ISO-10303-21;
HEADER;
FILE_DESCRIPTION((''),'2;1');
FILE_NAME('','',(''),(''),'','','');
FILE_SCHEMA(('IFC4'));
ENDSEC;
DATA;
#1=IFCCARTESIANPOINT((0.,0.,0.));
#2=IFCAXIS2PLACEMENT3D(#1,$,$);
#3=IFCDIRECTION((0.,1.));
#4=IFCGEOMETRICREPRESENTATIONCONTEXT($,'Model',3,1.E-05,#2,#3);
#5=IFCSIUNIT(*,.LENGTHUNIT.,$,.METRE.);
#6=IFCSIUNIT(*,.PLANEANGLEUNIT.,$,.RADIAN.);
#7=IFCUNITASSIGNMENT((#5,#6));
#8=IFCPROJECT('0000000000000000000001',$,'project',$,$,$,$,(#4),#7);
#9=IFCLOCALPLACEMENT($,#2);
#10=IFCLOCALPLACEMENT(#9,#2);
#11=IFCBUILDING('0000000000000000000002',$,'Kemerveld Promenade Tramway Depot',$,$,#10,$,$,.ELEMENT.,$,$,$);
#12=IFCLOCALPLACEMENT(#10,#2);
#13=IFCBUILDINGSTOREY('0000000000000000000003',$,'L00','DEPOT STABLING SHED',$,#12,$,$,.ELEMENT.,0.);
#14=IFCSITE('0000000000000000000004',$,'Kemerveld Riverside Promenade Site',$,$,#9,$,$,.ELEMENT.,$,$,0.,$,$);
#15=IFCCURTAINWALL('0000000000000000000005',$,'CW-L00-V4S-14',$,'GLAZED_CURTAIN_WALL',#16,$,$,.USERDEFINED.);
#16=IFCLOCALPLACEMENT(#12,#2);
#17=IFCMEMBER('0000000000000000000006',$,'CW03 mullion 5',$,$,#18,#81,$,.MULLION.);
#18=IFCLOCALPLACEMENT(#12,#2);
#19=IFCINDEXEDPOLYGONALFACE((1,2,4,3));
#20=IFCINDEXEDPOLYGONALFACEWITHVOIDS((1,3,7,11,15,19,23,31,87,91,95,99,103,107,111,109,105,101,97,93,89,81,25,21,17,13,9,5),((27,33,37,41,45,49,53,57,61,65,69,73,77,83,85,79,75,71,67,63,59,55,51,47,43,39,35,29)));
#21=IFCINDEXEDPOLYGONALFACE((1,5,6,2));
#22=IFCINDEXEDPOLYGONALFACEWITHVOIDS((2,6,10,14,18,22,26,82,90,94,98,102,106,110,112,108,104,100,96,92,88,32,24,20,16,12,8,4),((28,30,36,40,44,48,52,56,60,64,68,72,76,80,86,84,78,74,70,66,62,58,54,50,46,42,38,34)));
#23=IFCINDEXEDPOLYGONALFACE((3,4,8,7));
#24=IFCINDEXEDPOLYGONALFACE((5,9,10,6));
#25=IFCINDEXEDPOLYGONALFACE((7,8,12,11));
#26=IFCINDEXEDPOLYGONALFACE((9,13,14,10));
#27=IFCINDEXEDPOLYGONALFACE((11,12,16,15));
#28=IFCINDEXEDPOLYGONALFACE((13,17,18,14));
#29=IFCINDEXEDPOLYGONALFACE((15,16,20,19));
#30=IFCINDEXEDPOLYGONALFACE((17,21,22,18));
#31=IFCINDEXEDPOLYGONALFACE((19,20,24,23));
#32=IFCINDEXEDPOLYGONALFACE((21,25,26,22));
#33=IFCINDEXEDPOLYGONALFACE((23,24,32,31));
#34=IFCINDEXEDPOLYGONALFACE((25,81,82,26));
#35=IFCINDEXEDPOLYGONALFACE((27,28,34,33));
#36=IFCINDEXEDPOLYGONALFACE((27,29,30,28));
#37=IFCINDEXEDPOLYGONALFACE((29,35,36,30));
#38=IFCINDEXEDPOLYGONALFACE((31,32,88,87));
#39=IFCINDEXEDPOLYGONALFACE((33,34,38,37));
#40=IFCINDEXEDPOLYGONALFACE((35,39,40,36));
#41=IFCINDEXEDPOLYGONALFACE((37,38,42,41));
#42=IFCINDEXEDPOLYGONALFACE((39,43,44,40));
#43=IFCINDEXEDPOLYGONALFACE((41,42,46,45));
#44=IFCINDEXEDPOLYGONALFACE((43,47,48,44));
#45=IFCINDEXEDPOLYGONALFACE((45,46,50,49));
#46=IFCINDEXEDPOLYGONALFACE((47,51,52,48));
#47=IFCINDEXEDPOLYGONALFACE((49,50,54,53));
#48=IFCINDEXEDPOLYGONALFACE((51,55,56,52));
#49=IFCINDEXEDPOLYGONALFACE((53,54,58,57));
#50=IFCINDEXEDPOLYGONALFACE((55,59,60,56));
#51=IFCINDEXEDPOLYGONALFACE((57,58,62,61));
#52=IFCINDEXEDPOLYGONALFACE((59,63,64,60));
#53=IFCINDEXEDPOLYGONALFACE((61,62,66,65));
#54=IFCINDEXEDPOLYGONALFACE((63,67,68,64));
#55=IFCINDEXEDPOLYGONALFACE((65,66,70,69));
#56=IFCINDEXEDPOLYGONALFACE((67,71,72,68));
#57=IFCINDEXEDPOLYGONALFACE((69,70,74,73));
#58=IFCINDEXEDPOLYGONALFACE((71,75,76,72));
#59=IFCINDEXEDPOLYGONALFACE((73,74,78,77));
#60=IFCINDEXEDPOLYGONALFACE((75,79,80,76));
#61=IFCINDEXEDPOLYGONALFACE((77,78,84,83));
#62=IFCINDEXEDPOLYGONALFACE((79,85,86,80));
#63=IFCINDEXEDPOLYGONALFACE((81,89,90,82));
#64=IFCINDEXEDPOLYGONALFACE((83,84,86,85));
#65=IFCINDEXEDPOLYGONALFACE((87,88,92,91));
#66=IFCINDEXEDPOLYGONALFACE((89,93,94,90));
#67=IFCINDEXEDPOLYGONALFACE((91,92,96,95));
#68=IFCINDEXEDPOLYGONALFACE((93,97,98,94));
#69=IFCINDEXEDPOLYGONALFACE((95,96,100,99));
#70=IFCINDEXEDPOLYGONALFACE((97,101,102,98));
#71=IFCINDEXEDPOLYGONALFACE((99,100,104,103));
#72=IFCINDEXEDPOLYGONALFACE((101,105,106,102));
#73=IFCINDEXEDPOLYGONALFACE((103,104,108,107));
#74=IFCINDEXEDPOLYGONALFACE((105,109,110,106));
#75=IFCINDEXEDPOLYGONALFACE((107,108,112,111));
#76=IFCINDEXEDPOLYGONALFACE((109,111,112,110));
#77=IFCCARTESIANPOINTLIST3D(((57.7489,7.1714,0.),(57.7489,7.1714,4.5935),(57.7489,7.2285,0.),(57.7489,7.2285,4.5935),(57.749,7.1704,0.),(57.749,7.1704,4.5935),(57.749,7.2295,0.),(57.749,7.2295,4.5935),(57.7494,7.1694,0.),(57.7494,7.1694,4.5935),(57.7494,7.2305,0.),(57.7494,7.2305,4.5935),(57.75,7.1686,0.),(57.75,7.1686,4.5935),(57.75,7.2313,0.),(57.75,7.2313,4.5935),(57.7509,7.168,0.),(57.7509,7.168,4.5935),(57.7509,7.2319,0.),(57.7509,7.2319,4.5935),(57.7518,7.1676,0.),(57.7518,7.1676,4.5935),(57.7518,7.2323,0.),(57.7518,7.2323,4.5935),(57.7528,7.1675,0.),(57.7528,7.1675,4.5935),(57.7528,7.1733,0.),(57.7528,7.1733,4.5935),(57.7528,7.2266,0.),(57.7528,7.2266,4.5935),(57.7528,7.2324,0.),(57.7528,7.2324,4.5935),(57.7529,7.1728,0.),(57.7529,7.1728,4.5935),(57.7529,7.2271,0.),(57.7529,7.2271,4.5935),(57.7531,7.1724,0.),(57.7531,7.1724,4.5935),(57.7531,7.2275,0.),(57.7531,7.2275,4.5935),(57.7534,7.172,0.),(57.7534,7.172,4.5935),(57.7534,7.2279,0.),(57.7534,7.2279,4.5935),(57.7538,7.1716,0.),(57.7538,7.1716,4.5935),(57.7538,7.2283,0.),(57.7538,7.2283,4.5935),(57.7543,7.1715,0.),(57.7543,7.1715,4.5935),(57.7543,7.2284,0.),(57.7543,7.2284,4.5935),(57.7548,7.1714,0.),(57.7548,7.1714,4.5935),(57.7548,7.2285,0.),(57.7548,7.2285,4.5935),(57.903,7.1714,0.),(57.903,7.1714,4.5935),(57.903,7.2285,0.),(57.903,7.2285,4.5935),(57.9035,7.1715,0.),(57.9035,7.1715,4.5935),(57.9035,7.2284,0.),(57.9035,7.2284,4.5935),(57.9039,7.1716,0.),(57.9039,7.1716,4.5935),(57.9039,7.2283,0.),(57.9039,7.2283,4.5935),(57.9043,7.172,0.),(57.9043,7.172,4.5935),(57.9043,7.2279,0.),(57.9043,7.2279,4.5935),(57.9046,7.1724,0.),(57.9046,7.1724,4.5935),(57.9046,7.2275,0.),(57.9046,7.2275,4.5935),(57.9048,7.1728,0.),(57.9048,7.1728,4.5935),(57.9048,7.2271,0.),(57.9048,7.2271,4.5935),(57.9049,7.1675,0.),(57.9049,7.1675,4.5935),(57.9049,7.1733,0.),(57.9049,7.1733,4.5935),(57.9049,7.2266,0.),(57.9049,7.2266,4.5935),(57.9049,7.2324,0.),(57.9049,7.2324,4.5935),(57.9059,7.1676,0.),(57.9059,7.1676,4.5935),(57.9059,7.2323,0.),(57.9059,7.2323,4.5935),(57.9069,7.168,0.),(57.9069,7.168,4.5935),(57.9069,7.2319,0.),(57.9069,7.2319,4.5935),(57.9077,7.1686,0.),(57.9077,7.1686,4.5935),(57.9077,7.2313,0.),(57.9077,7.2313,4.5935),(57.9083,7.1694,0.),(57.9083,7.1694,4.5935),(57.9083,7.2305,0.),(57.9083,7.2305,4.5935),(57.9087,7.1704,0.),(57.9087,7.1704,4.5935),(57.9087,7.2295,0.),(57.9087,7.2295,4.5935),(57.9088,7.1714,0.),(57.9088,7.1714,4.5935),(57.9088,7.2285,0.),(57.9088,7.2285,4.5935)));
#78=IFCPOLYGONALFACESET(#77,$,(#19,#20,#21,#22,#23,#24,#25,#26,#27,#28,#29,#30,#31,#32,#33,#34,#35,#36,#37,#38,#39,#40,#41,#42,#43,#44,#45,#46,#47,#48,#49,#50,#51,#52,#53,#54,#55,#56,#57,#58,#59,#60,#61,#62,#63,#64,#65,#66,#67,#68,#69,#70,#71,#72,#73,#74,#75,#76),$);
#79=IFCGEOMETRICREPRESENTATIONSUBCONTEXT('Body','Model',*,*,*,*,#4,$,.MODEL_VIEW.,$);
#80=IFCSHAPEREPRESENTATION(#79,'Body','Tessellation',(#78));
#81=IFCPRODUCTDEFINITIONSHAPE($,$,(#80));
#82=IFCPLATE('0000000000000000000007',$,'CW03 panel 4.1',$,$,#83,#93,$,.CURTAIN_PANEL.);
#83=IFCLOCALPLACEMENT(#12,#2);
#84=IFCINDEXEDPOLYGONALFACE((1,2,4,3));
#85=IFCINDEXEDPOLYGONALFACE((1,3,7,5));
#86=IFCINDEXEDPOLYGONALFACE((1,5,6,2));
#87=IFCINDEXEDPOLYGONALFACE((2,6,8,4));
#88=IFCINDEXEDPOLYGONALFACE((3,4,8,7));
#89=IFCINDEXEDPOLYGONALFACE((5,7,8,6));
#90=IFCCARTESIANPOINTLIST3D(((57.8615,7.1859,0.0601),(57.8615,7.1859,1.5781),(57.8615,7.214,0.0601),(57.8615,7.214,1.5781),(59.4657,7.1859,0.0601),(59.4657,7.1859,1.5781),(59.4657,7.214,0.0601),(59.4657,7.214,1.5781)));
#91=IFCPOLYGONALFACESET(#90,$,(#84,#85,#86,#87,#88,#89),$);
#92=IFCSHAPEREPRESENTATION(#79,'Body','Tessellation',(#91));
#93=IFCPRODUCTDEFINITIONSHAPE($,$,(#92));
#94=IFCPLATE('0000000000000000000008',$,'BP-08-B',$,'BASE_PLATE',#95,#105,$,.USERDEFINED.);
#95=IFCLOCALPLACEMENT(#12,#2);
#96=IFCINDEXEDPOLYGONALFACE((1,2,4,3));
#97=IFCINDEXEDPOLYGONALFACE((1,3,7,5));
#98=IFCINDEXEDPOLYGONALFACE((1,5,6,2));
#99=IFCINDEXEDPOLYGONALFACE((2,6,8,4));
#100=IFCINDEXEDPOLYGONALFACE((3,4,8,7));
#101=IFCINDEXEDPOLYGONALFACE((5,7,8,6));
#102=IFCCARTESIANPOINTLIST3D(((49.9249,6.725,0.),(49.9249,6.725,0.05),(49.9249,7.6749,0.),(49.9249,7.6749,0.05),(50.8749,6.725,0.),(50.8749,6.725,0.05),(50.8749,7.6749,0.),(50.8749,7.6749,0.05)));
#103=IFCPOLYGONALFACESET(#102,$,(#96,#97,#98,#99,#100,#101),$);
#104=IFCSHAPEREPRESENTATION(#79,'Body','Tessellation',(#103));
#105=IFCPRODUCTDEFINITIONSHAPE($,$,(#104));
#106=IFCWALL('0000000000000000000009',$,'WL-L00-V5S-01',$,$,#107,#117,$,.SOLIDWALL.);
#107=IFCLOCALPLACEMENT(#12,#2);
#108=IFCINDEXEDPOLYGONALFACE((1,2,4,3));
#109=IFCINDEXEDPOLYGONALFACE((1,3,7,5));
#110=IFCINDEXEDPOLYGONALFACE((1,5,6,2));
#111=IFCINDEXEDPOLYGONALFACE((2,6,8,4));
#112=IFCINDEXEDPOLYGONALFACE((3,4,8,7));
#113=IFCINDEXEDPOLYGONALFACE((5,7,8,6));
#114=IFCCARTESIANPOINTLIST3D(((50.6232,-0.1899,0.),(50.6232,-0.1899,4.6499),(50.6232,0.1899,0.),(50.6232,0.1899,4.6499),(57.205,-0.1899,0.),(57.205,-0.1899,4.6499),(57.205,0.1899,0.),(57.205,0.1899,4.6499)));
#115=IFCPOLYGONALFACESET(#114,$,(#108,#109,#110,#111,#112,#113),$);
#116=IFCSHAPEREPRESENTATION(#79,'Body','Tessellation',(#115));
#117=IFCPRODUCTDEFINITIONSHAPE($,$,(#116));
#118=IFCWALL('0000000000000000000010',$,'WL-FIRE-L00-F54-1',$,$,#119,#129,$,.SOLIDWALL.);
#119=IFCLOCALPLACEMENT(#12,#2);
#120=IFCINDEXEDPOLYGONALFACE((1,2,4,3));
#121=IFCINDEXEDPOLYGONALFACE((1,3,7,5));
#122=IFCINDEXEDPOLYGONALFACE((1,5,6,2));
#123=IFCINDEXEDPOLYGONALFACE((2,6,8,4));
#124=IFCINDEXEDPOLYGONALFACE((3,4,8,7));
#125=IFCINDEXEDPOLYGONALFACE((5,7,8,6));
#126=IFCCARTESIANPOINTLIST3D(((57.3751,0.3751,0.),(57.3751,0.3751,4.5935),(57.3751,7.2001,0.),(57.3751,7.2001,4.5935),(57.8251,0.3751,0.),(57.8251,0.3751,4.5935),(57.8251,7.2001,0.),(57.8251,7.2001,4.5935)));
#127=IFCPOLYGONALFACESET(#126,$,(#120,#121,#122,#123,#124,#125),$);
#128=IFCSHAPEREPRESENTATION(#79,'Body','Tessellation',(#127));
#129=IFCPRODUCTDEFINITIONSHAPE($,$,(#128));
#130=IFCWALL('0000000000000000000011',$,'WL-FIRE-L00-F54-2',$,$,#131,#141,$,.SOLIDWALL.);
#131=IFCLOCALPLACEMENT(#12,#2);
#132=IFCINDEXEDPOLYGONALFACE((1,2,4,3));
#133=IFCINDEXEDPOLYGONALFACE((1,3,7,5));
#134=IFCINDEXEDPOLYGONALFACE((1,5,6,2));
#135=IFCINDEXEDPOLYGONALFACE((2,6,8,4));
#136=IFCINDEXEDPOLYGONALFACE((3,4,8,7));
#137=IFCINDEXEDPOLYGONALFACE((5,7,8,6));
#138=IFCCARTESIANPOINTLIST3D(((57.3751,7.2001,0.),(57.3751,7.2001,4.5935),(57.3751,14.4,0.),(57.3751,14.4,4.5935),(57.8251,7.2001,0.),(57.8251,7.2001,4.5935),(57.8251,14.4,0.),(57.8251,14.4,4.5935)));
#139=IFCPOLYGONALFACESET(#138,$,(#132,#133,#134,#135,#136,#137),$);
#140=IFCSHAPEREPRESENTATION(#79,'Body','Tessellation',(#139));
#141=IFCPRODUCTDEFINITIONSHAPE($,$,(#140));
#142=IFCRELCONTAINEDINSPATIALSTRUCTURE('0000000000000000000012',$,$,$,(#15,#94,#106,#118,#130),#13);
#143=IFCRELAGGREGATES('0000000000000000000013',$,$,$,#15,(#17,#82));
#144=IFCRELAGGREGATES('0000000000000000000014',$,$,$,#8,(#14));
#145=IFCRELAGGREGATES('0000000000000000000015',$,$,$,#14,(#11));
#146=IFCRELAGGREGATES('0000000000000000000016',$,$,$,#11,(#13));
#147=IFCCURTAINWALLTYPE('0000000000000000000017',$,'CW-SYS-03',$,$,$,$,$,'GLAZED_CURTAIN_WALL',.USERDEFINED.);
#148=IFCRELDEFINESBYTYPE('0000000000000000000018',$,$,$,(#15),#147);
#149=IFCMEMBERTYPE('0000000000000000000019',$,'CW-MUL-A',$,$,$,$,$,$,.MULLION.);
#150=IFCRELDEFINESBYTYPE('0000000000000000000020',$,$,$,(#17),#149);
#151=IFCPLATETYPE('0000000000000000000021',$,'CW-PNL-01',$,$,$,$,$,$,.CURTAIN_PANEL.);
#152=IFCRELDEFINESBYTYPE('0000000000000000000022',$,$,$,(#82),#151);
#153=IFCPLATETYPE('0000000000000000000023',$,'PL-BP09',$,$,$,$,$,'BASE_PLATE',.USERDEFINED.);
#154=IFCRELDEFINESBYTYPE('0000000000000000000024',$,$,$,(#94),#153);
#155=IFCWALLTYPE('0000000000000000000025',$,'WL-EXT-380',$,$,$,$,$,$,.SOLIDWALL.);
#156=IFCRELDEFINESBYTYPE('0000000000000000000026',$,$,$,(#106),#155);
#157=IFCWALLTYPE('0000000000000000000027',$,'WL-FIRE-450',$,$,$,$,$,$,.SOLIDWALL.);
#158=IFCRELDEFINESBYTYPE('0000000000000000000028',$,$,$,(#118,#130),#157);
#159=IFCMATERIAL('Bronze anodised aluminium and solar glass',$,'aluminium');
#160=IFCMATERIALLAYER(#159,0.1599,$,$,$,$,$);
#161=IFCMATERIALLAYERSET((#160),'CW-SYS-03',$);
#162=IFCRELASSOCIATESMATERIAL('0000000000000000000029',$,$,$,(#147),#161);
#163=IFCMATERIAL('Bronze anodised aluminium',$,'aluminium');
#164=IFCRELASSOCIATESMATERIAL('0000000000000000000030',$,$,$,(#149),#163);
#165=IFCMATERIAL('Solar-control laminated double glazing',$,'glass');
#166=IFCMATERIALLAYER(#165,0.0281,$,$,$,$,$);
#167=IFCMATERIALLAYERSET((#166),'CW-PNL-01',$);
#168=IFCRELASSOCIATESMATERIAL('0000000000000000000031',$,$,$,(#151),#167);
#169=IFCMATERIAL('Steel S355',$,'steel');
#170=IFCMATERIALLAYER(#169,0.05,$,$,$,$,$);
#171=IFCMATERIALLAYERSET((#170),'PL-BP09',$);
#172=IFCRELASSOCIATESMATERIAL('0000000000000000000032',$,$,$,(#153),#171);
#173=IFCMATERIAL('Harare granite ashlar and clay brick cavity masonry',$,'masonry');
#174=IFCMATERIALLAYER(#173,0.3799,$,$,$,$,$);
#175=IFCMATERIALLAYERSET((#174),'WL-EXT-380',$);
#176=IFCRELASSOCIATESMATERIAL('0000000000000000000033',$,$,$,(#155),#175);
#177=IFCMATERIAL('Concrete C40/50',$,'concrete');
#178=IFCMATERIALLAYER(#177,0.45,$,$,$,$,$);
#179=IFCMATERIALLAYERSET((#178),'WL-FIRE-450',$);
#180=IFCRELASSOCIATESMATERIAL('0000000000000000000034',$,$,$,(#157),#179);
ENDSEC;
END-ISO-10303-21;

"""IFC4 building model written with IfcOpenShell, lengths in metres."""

from ifc_helpers import new_model, si_unit, direction, frame, frame_2d, origin, origin_2d, place, context, subcontext, project, spatial, rectangle, hollow_rectangle, extrude, material, layer, layer_set, material_profile, profile_set, type_object, element, aggregate, save


model = new_model("IFC4")

# Units and contexts
model_context = context("Model", 3, precision=1e-05, world=origin(), true_north=direction((0.0, 1.0)))
body_context = subcontext(model_context, "Body", "Model", "MODEL_VIEW")
ifc_project = project(units=[si_unit("LENGTHUNIT", "METRE"), si_unit("PLANEANGLEUNIT", "RADIAN")], contexts=[model_context])

# Site, building, storey
site_placement = place(None, origin())
site = spatial("IfcSite", under=ifc_project, at=site_placement, Name="Kemerveld Riverside Promenade Site", CompositionType="ELEMENT", RefElevation=0.0)
building_placement = place(site_placement, origin())
building = spatial("IfcBuilding", under=site, at=building_placement, Name="Kemerveld Promenade Tramway Depot", CompositionType="ELEMENT")
storey_placement = place(building_placement, origin())
storey = spatial("IfcBuildingStorey", under=building, at=storey_placement, Name="L00", Description="DEPOT STABLING SHED", CompositionType="ELEMENT", Elevation=0.0)

# Shared definitions
ifc_material_1 = material(Name="Concrete C40/50", Category="concrete")
ifc_material_2 = material(Name="Steel S355", Category="steel")

# Curtain wall, member, plate
ifc_material_3 = material(Name="Bronze anodised aluminium and solar glass", Category="aluminium")
ifc_layer_1 = layer(ifc_material_3, 0.1599)
ifc_layer_set_1 = layer_set([ifc_layer_1], Name="CW-SYS-03")
curtain_wall_type = type_object("IfcCurtainWallType", Name="CW-SYS-03", ElementType="GLAZED_CURTAIN_WALL", PredefinedType="USERDEFINED", material=ifc_layer_set_1)
curtain_wall_placement = place(storey_placement, origin())
curtain_wall = element("IfcCurtainWall", 1, at=curtain_wall_placement, inside=storey, type_object=curtain_wall_type, Name="CW-L00-V4S-14", ObjectType="GLAZED_CURTAIN_WALL", PredefinedType="USERDEFINED")
ifc_material_4 = material(Name="Bronze anodised aluminium", Category="aluminium")
ifc_material_profile_1 = material_profile(ifc_material_4, hollow_rectangle(XDim=0.0649, YDim=0.1599, WallThickness=0.0039, InnerFilletRadius=0.002, OuterFilletRadius=0.0039, at=origin_2d()), Name="CW-MUL-160x65")
ifc_profile_set_1 = profile_set([ifc_material_profile_1], Name="Bronze anodised aluminium")
member_type = type_object("IfcMemberType", Name="CW-MUL-A", PredefinedType="MULLION", material=ifc_profile_set_1)
member_placement = place(storey_placement, frame((57.8289, 7.2, 0.0), z_axis=(0.0, 0.0, 1.0), x_axis=(0.0, -1.0, 0.0)))
member = element("IfcMember", 2, at=member_placement, type_object=member_type, Name="CW03 mullion 5", PredefinedType="MULLION", context=body_context, shape_type="SweptSolid", body=[
    extrude(hollow_rectangle(XDim=0.0649, YDim=0.1599, WallThickness=0.0039, InnerFilletRadius=0.002, OuterFilletRadius=0.0039, at=origin_2d()), origin(), (0.0, 0.0, 1.0), 4.5935),
])
ifc_material_5 = material(Name="Solar-control laminated double glazing", Category="glass")
ifc_layer_2 = layer(ifc_material_5, 0.0281)
ifc_layer_set_2 = layer_set([ifc_layer_2], Name="CW-PNL-01")
plate_type_1 = type_object("IfcPlateType", Name="CW-PNL-01", PredefinedType="CURTAIN_PANEL", material=ifc_layer_set_2)
plate_1_placement = place(storey_placement, frame((58.6636, 7.2, 0.0601), z_axis=(0.0, 0.0, 1.0), x_axis=(-1.0, 0.0, 0.0)))
plate_1 = element("IfcPlate", 3, at=plate_1_placement, type_object=plate_type_1, Name="CW03 panel 4.1", PredefinedType="CURTAIN_PANEL", context=body_context, shape_type="SweptSolid", body=[
    extrude(rectangle(XDim=1.6042, YDim=0.0281, at=origin_2d()), origin(), (0.0, 0.0, 1.0), 1.5181),
])
aggregate(curtain_wall, [member, plate_1])

# Plate
ifc_layer_3 = layer(ifc_material_2, 0.05)
ifc_layer_set_3 = layer_set([ifc_layer_3], Name="PL-BP09")
plate_type_2 = type_object("IfcPlateType", Name="PL-BP09", ElementType="BASE_PLATE", PredefinedType="USERDEFINED", material=ifc_layer_set_3)
plate_2_placement = place(storey_placement, frame((50.3999, 7.2, 0.0), z_axis=(0.0, 0.0, 1.0), x_axis=(1.0, 0.0, 0.0)))
element("IfcPlate", 4, at=plate_2_placement, inside=storey, type_object=plate_type_2, Name="BP-08-B", ObjectType="BASE_PLATE", PredefinedType="USERDEFINED", context=body_context, shape_type="SweptSolid", body=[
    extrude(rectangle(XDim=0.95, YDim=0.95, at=origin_2d()), origin(), (0.0, 0.0, 1.0), 0.05),
])

# Walls
ifc_material_6 = material(Name="Harare granite ashlar and clay brick cavity masonry", Category="masonry")
ifc_layer_4 = layer(ifc_material_6, 0.3799)
ifc_layer_set_4 = layer_set([ifc_layer_4], Name="WL-EXT-380")
wall_type_1 = type_object("IfcWallType", Name="WL-EXT-380", PredefinedType="SOLIDWALL", material=ifc_layer_set_4)
wall_1_placement = place(storey_placement, frame((57.2051, 0.0, 0.0), z_axis=(0.0, 0.0, 1.0), x_axis=(-1.0, 0.0, 0.0)))
element("IfcWall", 5, at=wall_1_placement, inside=storey, type_object=wall_type_1, Name="WL-L00-V5S-01", PredefinedType="SOLIDWALL", context=body_context, shape_type="SweptSolid", body=[
    extrude(rectangle(XDim=6.5818, YDim=0.3799, at=frame_2d((3.291, 0.0))), origin(), (0.0, 0.0, 1.0), 4.6499),
])
ifc_layer_5 = layer(ifc_material_1, 0.45)
ifc_layer_set_5 = layer_set([ifc_layer_5], Name="WL-FIRE-450")
wall_type_2 = type_object("IfcWallType", Name="WL-FIRE-450", PredefinedType="SOLIDWALL", material=ifc_layer_set_5)
wall_2_placement = place(storey_placement, frame((57.6001, 0.375, 0.0), z_axis=(0.0, 0.0, 1.0), x_axis=(0.0, 1.0, 0.0)))
element("IfcWall", 6, at=wall_2_placement, inside=storey, type_object=wall_type_2, Name="WL-FIRE-L00-F54-1", PredefinedType="SOLIDWALL", context=body_context, shape_type="SweptSolid", body=[
    extrude(rectangle(XDim=6.825, YDim=0.45, at=frame_2d((3.4126, 0.0))), origin(), (0.0, 0.0, 1.0), 4.5935),
])
wall_3_placement = place(storey_placement, frame((57.6001, 7.2, 0.0), z_axis=(0.0, 0.0, 1.0), x_axis=(0.0, 1.0, 0.0)))
element("IfcWall", 7, at=wall_3_placement, inside=storey, type_object=wall_type_2, Name="WL-FIRE-L00-F54-2", PredefinedType="SOLIDWALL", context=body_context, shape_type="SweptSolid", body=[
    extrude(rectangle(XDim=7.2, YDim=0.45, at=frame_2d((3.6001, 0.0))), origin(), (0.0, 0.0, 1.0), 4.5935),
])

save(model, "model.ifc")
